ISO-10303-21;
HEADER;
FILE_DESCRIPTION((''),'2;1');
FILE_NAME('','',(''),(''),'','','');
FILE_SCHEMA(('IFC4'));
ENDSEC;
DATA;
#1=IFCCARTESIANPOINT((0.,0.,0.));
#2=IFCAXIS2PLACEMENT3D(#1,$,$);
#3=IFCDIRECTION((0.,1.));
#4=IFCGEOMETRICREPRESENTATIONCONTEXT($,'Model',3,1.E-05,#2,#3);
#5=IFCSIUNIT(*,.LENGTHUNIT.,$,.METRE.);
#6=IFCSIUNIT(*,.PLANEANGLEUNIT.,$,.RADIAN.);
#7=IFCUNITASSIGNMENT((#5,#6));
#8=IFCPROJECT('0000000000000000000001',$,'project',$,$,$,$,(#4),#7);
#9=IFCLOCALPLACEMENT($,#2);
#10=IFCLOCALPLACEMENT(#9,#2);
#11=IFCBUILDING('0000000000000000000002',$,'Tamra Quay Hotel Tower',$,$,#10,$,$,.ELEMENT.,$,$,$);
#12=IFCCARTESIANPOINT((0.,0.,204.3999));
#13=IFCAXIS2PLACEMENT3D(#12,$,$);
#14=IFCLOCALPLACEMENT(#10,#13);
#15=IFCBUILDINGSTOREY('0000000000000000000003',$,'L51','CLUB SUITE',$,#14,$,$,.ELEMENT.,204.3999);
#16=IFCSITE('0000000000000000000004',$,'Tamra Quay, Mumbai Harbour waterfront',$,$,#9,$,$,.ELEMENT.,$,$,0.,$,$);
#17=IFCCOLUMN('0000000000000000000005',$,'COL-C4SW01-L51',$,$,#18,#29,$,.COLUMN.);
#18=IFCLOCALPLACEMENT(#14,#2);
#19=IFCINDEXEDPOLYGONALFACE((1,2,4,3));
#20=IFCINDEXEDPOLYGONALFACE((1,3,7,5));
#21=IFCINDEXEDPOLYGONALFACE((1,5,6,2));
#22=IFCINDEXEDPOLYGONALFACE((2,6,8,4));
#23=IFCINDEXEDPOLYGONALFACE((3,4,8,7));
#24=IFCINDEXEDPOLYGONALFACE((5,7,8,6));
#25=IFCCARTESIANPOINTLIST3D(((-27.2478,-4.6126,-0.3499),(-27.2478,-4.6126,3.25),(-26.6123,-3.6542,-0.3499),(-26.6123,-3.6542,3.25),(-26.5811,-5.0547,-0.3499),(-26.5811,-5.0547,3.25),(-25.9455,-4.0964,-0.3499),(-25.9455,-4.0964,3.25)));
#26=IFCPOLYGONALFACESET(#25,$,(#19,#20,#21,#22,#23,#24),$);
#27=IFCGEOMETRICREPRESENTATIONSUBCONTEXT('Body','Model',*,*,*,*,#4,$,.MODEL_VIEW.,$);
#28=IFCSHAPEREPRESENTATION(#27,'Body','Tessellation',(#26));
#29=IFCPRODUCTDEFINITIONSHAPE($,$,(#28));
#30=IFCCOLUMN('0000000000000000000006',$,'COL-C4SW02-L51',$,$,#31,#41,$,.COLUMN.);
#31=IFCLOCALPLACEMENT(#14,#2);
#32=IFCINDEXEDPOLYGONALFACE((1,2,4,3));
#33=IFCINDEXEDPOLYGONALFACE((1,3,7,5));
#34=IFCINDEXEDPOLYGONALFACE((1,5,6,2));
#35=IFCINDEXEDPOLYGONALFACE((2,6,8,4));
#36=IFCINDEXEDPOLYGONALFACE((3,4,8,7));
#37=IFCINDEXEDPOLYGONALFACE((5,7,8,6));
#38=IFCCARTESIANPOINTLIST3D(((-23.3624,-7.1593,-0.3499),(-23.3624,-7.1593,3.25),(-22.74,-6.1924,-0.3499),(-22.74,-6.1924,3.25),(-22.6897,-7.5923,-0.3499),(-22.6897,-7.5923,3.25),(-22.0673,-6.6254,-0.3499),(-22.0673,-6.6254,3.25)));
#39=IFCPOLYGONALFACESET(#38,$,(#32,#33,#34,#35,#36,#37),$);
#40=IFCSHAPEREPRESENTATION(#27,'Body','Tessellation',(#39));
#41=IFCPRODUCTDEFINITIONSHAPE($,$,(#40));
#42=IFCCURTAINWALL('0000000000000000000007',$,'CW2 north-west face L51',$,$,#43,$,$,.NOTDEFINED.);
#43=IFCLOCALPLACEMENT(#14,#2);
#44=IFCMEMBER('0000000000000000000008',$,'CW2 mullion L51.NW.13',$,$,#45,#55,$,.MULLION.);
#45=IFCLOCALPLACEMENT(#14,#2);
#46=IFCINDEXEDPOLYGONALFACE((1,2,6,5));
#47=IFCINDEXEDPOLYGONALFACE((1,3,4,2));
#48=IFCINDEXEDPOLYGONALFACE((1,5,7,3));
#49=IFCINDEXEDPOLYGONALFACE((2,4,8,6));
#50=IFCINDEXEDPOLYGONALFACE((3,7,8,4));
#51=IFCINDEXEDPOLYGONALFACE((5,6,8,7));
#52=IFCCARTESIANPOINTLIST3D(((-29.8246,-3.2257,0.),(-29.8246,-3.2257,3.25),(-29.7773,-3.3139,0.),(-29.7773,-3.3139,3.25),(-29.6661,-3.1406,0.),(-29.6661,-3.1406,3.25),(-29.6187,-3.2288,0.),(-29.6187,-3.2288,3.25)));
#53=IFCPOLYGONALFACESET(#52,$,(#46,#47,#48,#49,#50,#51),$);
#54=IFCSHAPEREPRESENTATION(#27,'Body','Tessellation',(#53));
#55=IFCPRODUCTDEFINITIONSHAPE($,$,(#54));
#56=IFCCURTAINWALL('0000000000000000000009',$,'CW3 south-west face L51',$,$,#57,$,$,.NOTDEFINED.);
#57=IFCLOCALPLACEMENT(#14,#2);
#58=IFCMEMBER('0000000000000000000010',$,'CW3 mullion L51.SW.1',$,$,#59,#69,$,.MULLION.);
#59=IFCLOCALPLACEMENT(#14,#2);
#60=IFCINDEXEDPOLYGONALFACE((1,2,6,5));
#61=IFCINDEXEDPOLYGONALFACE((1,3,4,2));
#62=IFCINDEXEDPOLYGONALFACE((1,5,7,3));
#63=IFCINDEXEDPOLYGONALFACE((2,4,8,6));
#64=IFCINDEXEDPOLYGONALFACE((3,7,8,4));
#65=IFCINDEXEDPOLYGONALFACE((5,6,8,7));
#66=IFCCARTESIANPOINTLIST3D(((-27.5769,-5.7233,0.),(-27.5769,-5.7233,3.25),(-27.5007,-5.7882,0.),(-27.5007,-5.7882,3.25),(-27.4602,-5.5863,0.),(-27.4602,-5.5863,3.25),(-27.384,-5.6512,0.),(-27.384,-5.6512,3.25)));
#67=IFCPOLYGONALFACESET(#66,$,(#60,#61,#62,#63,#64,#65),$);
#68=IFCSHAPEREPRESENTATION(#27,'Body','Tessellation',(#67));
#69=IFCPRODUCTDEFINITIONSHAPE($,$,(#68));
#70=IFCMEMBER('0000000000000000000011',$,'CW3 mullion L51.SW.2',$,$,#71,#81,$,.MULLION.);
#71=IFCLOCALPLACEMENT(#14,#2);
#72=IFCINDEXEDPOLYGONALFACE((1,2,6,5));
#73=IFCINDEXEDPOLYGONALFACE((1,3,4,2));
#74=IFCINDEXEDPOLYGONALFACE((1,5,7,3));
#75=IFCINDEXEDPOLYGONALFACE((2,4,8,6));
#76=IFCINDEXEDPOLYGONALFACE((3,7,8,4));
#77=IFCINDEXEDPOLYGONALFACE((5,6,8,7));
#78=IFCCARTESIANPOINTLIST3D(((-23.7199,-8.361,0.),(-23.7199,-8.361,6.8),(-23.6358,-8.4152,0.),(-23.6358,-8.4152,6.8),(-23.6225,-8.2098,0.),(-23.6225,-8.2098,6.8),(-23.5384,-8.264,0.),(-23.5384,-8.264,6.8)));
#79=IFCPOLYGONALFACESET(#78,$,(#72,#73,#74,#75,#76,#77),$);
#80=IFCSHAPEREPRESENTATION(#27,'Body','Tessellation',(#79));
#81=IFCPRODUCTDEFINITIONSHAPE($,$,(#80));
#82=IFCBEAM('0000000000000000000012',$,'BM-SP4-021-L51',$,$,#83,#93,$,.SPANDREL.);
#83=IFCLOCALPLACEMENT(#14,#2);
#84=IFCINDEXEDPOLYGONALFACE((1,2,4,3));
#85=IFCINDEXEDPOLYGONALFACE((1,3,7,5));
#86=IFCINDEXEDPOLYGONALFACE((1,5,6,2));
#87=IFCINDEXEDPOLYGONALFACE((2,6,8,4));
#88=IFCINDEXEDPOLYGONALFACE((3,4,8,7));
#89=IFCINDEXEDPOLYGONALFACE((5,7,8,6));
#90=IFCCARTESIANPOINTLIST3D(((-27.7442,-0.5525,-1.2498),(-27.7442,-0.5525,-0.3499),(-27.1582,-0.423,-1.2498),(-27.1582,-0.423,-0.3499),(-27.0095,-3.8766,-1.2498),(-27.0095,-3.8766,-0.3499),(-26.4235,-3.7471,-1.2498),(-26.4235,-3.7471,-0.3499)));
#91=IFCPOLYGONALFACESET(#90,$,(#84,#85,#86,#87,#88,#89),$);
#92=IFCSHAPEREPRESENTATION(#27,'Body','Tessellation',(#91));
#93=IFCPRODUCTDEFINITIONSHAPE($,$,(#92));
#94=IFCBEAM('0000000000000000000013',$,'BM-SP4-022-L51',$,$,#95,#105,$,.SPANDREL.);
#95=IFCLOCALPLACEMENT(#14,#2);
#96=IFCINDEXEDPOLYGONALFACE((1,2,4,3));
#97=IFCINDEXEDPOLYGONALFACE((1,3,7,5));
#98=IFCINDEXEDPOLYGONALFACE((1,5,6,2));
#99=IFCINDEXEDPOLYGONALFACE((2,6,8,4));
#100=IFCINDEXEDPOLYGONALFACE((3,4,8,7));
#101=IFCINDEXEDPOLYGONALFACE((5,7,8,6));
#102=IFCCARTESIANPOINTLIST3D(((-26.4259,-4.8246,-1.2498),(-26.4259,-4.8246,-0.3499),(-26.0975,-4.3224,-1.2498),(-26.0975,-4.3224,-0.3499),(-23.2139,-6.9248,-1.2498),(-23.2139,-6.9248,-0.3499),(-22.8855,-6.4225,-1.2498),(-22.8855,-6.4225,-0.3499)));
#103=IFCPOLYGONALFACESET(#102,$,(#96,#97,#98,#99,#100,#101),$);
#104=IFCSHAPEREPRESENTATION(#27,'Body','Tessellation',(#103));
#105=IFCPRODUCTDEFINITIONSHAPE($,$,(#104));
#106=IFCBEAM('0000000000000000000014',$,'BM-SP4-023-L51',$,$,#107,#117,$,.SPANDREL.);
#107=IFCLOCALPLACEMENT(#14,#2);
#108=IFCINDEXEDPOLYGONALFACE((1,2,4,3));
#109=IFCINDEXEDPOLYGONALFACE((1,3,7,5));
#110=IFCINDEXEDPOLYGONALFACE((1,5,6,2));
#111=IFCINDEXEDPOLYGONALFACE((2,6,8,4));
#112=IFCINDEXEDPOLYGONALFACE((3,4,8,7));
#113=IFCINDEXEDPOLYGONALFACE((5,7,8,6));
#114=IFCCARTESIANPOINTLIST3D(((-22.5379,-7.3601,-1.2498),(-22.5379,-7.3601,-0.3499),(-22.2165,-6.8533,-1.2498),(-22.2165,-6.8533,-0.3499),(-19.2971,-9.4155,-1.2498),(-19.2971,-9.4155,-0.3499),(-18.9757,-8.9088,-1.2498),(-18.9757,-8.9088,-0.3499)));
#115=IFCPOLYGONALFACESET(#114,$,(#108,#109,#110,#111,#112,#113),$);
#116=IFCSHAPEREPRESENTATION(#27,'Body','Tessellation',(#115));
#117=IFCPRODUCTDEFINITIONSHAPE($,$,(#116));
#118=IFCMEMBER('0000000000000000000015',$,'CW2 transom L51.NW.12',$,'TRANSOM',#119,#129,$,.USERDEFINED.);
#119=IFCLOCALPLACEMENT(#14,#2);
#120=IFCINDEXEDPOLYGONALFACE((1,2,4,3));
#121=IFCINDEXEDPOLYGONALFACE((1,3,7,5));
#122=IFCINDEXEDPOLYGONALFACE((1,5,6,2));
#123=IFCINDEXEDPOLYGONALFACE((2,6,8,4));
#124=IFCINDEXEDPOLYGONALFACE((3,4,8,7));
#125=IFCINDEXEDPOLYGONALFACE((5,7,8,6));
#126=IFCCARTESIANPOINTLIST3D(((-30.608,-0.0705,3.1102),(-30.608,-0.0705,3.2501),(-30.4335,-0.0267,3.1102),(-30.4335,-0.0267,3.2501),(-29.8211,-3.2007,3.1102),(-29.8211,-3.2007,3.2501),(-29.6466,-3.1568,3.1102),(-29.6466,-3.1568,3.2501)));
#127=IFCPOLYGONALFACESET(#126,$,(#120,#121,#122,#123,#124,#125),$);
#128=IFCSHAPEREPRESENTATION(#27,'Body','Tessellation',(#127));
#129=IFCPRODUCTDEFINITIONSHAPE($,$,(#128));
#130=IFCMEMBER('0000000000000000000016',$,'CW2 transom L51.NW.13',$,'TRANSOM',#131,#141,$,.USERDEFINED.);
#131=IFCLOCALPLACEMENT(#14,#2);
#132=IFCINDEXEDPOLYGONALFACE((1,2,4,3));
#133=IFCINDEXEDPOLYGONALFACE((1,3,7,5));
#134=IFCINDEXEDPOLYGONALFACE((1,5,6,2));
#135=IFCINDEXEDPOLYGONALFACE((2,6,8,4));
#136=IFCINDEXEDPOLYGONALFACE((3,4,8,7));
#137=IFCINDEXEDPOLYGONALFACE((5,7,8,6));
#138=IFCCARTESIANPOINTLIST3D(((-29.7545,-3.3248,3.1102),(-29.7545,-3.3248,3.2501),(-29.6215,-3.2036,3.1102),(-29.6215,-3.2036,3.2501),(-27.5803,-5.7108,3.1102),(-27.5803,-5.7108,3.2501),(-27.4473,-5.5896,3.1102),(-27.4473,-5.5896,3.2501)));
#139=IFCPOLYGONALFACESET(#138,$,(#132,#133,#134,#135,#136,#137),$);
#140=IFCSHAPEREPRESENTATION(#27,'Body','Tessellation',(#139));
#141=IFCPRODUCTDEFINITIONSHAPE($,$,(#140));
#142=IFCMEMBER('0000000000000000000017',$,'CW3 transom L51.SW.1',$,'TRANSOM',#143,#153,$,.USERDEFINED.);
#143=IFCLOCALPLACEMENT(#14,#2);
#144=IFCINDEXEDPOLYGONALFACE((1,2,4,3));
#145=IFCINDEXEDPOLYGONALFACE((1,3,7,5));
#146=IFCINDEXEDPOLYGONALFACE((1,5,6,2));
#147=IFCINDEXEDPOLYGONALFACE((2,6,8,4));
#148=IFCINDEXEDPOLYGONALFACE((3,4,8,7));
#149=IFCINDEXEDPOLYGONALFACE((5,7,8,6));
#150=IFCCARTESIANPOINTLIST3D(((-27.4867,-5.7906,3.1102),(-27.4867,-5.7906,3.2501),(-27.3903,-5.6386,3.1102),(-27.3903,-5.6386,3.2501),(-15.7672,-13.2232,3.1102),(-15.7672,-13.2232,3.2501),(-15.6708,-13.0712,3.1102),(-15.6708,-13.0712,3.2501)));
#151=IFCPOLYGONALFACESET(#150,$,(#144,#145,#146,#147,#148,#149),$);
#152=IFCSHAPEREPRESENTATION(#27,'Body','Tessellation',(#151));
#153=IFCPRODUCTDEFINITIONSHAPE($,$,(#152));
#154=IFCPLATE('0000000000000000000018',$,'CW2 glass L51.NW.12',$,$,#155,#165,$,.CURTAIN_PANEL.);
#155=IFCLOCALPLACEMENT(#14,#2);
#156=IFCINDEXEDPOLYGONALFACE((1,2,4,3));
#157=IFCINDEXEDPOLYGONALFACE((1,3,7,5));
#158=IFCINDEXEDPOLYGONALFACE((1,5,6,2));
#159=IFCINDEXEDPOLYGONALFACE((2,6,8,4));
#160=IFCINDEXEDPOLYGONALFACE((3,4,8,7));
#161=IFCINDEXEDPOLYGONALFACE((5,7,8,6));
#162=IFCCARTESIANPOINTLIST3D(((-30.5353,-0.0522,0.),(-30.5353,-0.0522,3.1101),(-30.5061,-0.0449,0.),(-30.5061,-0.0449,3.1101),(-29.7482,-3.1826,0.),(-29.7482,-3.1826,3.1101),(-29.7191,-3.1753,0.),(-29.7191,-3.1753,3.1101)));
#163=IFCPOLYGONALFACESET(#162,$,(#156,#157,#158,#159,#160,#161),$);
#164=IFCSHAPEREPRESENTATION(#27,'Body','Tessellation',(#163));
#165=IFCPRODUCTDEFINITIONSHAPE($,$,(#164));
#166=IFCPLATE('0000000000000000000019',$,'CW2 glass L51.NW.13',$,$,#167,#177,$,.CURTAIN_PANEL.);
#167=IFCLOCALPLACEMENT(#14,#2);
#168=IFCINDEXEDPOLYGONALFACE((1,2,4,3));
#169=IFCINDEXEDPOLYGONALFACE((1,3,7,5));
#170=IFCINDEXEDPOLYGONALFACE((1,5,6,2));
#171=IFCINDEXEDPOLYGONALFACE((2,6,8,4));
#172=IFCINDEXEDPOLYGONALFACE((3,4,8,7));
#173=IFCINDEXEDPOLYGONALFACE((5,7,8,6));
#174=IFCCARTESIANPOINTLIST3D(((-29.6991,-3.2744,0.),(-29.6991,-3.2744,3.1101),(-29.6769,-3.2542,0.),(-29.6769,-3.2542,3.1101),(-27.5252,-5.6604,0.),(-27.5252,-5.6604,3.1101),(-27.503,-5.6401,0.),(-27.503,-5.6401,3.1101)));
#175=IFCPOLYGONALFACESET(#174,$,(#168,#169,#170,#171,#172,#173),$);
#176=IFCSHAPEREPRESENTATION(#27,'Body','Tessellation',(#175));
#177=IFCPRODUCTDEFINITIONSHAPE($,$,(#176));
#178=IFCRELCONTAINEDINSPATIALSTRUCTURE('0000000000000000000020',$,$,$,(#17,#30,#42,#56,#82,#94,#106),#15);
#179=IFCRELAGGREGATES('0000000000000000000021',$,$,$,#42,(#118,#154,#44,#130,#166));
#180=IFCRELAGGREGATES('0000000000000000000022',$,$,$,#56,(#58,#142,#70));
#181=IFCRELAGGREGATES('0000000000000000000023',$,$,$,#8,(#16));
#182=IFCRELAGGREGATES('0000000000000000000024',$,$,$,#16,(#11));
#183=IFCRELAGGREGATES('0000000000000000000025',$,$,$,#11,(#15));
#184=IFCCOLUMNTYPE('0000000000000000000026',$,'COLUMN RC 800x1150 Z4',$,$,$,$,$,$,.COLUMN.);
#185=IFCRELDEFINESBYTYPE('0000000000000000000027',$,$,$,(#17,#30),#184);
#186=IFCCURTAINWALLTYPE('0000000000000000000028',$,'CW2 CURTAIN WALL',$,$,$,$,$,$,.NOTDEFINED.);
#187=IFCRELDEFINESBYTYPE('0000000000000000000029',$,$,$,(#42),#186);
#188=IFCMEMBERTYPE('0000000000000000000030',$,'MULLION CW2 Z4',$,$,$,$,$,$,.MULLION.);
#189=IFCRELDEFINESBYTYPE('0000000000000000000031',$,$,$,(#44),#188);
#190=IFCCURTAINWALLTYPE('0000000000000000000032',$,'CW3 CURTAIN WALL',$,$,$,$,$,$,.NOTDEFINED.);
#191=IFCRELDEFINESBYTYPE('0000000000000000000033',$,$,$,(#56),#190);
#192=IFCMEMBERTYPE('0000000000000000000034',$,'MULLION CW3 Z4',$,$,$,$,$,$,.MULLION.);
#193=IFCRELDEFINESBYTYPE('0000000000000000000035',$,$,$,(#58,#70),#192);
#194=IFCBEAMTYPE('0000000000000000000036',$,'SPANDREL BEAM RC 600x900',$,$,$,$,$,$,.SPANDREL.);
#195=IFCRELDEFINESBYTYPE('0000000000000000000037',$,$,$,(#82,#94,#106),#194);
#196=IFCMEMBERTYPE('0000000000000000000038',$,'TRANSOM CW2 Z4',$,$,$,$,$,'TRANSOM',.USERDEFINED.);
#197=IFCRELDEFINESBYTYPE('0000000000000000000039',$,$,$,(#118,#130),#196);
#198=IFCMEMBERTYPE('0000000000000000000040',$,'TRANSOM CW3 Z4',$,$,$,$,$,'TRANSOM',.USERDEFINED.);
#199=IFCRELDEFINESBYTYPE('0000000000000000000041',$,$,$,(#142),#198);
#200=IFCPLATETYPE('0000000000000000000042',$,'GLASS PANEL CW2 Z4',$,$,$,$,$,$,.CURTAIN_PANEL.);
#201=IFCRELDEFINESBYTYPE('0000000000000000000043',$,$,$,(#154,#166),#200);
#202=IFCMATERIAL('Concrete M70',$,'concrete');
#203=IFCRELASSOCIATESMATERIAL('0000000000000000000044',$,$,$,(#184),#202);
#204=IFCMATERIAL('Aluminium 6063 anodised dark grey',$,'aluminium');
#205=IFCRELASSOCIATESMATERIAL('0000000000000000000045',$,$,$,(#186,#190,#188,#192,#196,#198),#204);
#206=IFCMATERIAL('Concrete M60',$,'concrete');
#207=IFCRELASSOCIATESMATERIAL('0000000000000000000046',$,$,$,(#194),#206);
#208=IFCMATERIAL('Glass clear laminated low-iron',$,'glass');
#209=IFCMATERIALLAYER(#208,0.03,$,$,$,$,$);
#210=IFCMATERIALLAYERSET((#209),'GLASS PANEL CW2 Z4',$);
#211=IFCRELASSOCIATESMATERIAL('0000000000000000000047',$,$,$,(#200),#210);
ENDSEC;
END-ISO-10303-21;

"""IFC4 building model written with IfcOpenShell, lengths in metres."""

from ifc_helpers import new_model, si_unit, direction, frame, origin, origin_2d, place, context, subcontext, project, spatial, rectangle, extrude, material, layer, layer_set, material_profile, profile_set, type_object, element, aggregate, save


model = new_model("IFC4")

# Units and contexts
model_context = context("Model", 3, precision=1e-05, world=origin(), true_north=direction((0.0, 1.0)))
body_context = subcontext(model_context, "Body", "Model", "MODEL_VIEW")
ifc_project = project(units=[si_unit("LENGTHUNIT", "METRE"), si_unit("PLANEANGLEUNIT", "RADIAN")], contexts=[model_context])

# Site, building, storey
site_placement = place(None, origin())
site = spatial("IfcSite", under=ifc_project, at=site_placement, Name="Tamra Quay, Mumbai Harbour waterfront", CompositionType="ELEMENT", RefElevation=0.0)
building_placement = place(site_placement, origin())
building = spatial("IfcBuilding", under=site, at=building_placement, Name="Tamra Quay Hotel Tower", CompositionType="ELEMENT")
storey_placement = place(building_placement, frame((0.0, 0.0, 204.3999)))
storey = spatial("IfcBuildingStorey", under=building, at=storey_placement, Name="L51", Description="CLUB SUITE", CompositionType="ELEMENT", Elevation=204.3999)

# Columns
ifc_material_1 = material(Name="Concrete M70", Category="concrete")
ifc_material_profile_1 = material_profile(ifc_material_1, rectangle(XDim=1.1499, YDim=0.8, at=origin_2d()), Name="COLUMN RC 800x1150 Z4")
ifc_profile_set_1 = profile_set([ifc_material_profile_1], Name="Concrete M70")
column_type = type_object("IfcColumnType", Name="COLUMN RC 800x1150 Z4", PredefinedType="COLUMN", material=ifc_profile_set_1)
for number, where, z_axis, x_axis, name in (
    (1, (-26.5967, -4.3545, -0.3499), (0.0, 0.0, 1.0), (0.552666, 0.833403, 0.0), "COL-C4SW01-L51"),
    (2, (-22.7148, -6.8923, -0.3499), (0.0, 0.0, 1.0), (0.541283, 0.840841, 0.0), "COL-C4SW02-L51"),
):
    element("IfcColumn", number, at=place(storey_placement, frame(where, z_axis=z_axis, x_axis=x_axis)), inside=storey, type_object=column_type, Name=name, PredefinedType="COLUMN", context=body_context, shape_type="SweptSolid", body=[
        extrude(rectangle(XDim=1.1499, YDim=0.8, at=origin_2d()), origin(), (0.0, 0.0, 1.0), 3.5999),
    ])

# Curtain wall, member
ifc_material_2 = material(Name="Aluminium 6063 anodised dark grey", Category="aluminium")
curtain_wall_type_1 = type_object("IfcCurtainWallType", Name="CW2 CURTAIN WALL", PredefinedType="NOTDEFINED", material=ifc_material_2)
curtain_wall_1_placement = place(storey_placement, origin())
curtain_wall_1 = element("IfcCurtainWall", 3, at=curtain_wall_1_placement, inside=storey, type_object=curtain_wall_type_1, Name="CW2 north-west face L51", PredefinedType="NOTDEFINED")
ifc_material_profile_2 = material_profile(ifc_material_2, rectangle(XDim=0.1799, YDim=0.1001, at=origin_2d()), Name="MULLION 100X180")
ifc_profile_set_2 = profile_set([ifc_material_profile_2], Name="Aluminium 6063 anodised dark grey")
member_type_1 = type_object("IfcMemberType", Name="MULLION CW2 Z4", PredefinedType="MULLION", material=ifc_profile_set_2)
member_1_placement = place(storey_placement, frame((-29.7217, -3.2273, 0.0), z_axis=(0.0, 0.0, 1.0), x_axis=(-0.881098, -0.472935, 0.0)))
member_1 = element("IfcMember", 4, at=member_1_placement, type_object=member_type_1, Name="CW2 mullion L51.NW.13", PredefinedType="MULLION", context=body_context, shape_type="SweptSolid", body=[
    extrude(rectangle(XDim=0.1799, YDim=0.1001, at=origin_2d()), origin(), (0.0, 0.0, 1.0), 3.25),
])

# Curtain wall, members
curtain_wall_type_2 = type_object("IfcCurtainWallType", Name="CW3 CURTAIN WALL", PredefinedType="NOTDEFINED", material=ifc_material_2)
curtain_wall_2_placement = place(storey_placement, origin())
curtain_wall_2 = element("IfcCurtainWall", 5, at=curtain_wall_2_placement, inside=storey, type_object=curtain_wall_type_2, Name="CW3 south-west face L51", PredefinedType="NOTDEFINED")
ifc_material_profile_3 = material_profile(ifc_material_2, rectangle(XDim=0.1799, YDim=0.1001, at=origin_2d()), Name="MULLION 100X180")
ifc_profile_set_3 = profile_set([ifc_material_profile_3], Name="Aluminium 6063 anodised dark grey")
member_type_2 = type_object("IfcMemberType", Name="MULLION CW3 Z4", PredefinedType="MULLION", material=ifc_profile_set_3)
member_2_placement = place(storey_placement, frame((-27.4805, -5.6873, 0.0), z_axis=(0.0, 0.0, 1.0), x_axis=(-0.648381, -0.761316, 0.0)))
member_2 = element("IfcMember", 6, at=member_2_placement, type_object=member_type_2, Name="CW3 mullion L51.SW.1", PredefinedType="MULLION", context=body_context, shape_type="SweptSolid", body=[
    extrude(rectangle(XDim=0.1799, YDim=0.1001, at=origin_2d()), origin(), (0.0, 0.0, 1.0), 3.25),
])
member_3_placement = place(storey_placement, frame((-23.6292, -8.3125, 0.0), z_axis=(0.0, 0.0, 1.0), x_axis=(-0.541422, -0.840751, 0.0)))
member_3 = element("IfcMember", 7, at=member_3_placement, type_object=member_type_2, Name="CW3 mullion L51.SW.2", PredefinedType="MULLION", context=body_context, shape_type="SweptSolid", body=[
    extrude(rectangle(XDim=0.1799, YDim=0.1001, at=origin_2d()), origin(), (0.0, 0.0, 1.0), 6.8),
])

# Beams
ifc_material_3 = material(Name="Concrete M60", Category="concrete")
ifc_material_profile_4 = material_profile(ifc_material_3, rectangle(XDim=0.6001, YDim=0.8999, at=origin_2d()), Name="SPANDREL BEAM RC 600x900")
ifc_profile_set_4 = profile_set([ifc_material_profile_4], Name="Concrete M60")
beam_type = type_object("IfcBeamType", Name="SPANDREL BEAM RC 600x900", PredefinedType="SPANDREL", material=ifc_profile_set_4)
beam_placement = place(storey_placement, frame((-27.4512, -0.4878, -0.7998), z_axis=(0.215799, -0.976438, 0.0), x_axis=(0.976438, 0.215799, 0.0)))
element("IfcBeam", 8, at=beam_placement, inside=storey, type_object=beam_type, Name="BM-SP4-021-L51", PredefinedType="SPANDREL", context=body_context, shape_type="SweptSolid", body=[
    extrude(rectangle(XDim=0.6001, YDim=0.8999, at=origin_2d()), origin(), (0.0, 0.0, 1.0), 3.4043),
])
for number, where, z_axis, x_axis, name in (
    (9, (-26.2617, -4.5735, -0.7998), (0.83697, -0.547249, 0.0), (0.547249, 0.83697, 0.0), "BM-SP4-022-L51"),
    (10, (-22.3772, -7.1067, -0.7998), (0.84447, -0.535603, 0.0), (0.535603, 0.84447, 0.0), "BM-SP4-023-L51"),
):
    element("IfcBeam", number, at=place(storey_placement, frame(where, z_axis=z_axis, x_axis=x_axis)), inside=storey, type_object=beam_type, Name=name, PredefinedType="SPANDREL", context=body_context, shape_type="SweptSolid", body=[
        extrude(rectangle(XDim=0.6001, YDim=0.8999, at=origin_2d()), origin(), (0.0, 0.0, 1.0), 3.8376),
    ])

# Members
ifc_material_profile_5 = material_profile(ifc_material_2, rectangle(XDim=0.1799, YDim=0.1399, at=origin_2d()), Name="TRANSOM 180X140")
ifc_profile_set_5 = profile_set([ifc_material_profile_5], Name="Aluminium 6063 anodised dark grey")
member_type_3 = type_object("IfcMemberType", Name="TRANSOM CW2 Z4", ElementType="TRANSOM", PredefinedType="USERDEFINED", material=ifc_profile_set_5)
member_4_placement = place(storey_placement, frame((-30.5208, -0.0486, 3.1802), z_axis=(0.243799, -0.969826, 0.0), x_axis=(0.969826, 0.243799, 0.0)))
member_4 = element("IfcMember", 11, at=member_4_placement, type_object=member_type_3, Name="CW2 transom L51.NW.12", ObjectType="TRANSOM", PredefinedType="USERDEFINED", context=body_context, shape_type="SweptSolid", body=[
    extrude(rectangle(XDim=0.1799, YDim=0.1399, at=origin_2d()), origin(), (0.0, 0.0, 1.0), 3.2275),
])
member_5_placement = place(storey_placement, frame((-29.688, -3.2642, 3.1802), z_axis=(0.673519, -0.73917, 0.0), x_axis=(0.73917, 0.673519, 0.0)))
member_5 = element("IfcMember", 12, at=member_5_placement, type_object=member_type_3, Name="CW2 transom L51.NW.13", ObjectType="TRANSOM", PredefinedType="USERDEFINED", context=body_context, shape_type="SweptSolid", body=[
    extrude(rectangle(XDim=0.1799, YDim=0.1399, at=origin_2d()), origin(), (0.0, 0.0, 1.0), 3.228),
])
ifc_material_profile_6 = material_profile(ifc_material_2, rectangle(XDim=0.1799, YDim=0.1399, at=origin_2d()), Name="TRANSOM 180X140")
ifc_profile_set_6 = profile_set([ifc_material_profile_6], Name="Aluminium 6063 anodised dark grey")
member_type_4 = type_object("IfcMemberType", Name="TRANSOM CW3 Z4", ElementType="TRANSOM", PredefinedType="USERDEFINED", material=ifc_profile_set_6)
member_6_placement = place(storey_placement, frame((-27.4385, -5.7146, 3.1802), z_axis=(0.844484, -0.535581, 0.0), x_axis=(0.535581, 0.844484, 0.0)))
member_6 = element("IfcMember", 13, at=member_6_placement, type_object=member_type_4, Name="CW3 transom L51.SW.1", ObjectType="TRANSOM", PredefinedType="USERDEFINED", context=body_context, shape_type="SweptSolid", body=[
    extrude(rectangle(XDim=0.1799, YDim=0.1399, at=origin_2d()), origin(), (0.0, 0.0, 1.0), 13.8777),
])

# Plates
ifc_material_4 = material(Name="Glass clear laminated low-iron", Category="glass")
ifc_layer_1 = layer(ifc_material_4, 0.03)
ifc_layer_set_1 = layer_set([ifc_layer_1], Name="GLASS PANEL CW2 Z4")
plate_type_1 = type_object("IfcPlateType", Name="GLASS PANEL CW2 Z4", PredefinedType="CURTAIN_PANEL", material=ifc_layer_set_1)
plate_1_placement = place(storey_placement, frame((-30.1272, -1.6138, 0.0), z_axis=(0.0, 0.0, 1.0), x_axis=(0.243826, -0.969819, 0.0)))
plate_1 = element("IfcPlate", 14, at=plate_1_placement, type_object=plate_type_1, Name="CW2 glass L51.NW.12", PredefinedType="CURTAIN_PANEL", context=body_context, shape_type="SweptSolid", body=[
    extrude(rectangle(XDim=3.2278, YDim=0.03, at=origin_2d()), origin(), (0.0, 0.0, 1.0), 3.1101),
])
plate_2_placement = place(storey_placement, frame((-28.6011, -4.4573, 0.0), z_axis=(0.0, 0.0, 1.0), x_axis=(0.673496, -0.739191, 0.0)))
plate_2 = element("IfcPlate", 15, at=plate_2_placement, type_object=plate_type_1, Name="CW2 glass L51.NW.13", PredefinedType="CURTAIN_PANEL", context=body_context, shape_type="SweptSolid", body=[
    extrude(rectangle(XDim=3.2278, YDim=0.03, at=origin_2d()), origin(), (0.0, 0.0, 1.0), 3.1101),
])
aggregate(curtain_wall_1, [member_4, plate_1, member_1, member_5, plate_2])
aggregate(curtain_wall_2, [member_2, member_6, member_3])

save(model, "model.ifc")
